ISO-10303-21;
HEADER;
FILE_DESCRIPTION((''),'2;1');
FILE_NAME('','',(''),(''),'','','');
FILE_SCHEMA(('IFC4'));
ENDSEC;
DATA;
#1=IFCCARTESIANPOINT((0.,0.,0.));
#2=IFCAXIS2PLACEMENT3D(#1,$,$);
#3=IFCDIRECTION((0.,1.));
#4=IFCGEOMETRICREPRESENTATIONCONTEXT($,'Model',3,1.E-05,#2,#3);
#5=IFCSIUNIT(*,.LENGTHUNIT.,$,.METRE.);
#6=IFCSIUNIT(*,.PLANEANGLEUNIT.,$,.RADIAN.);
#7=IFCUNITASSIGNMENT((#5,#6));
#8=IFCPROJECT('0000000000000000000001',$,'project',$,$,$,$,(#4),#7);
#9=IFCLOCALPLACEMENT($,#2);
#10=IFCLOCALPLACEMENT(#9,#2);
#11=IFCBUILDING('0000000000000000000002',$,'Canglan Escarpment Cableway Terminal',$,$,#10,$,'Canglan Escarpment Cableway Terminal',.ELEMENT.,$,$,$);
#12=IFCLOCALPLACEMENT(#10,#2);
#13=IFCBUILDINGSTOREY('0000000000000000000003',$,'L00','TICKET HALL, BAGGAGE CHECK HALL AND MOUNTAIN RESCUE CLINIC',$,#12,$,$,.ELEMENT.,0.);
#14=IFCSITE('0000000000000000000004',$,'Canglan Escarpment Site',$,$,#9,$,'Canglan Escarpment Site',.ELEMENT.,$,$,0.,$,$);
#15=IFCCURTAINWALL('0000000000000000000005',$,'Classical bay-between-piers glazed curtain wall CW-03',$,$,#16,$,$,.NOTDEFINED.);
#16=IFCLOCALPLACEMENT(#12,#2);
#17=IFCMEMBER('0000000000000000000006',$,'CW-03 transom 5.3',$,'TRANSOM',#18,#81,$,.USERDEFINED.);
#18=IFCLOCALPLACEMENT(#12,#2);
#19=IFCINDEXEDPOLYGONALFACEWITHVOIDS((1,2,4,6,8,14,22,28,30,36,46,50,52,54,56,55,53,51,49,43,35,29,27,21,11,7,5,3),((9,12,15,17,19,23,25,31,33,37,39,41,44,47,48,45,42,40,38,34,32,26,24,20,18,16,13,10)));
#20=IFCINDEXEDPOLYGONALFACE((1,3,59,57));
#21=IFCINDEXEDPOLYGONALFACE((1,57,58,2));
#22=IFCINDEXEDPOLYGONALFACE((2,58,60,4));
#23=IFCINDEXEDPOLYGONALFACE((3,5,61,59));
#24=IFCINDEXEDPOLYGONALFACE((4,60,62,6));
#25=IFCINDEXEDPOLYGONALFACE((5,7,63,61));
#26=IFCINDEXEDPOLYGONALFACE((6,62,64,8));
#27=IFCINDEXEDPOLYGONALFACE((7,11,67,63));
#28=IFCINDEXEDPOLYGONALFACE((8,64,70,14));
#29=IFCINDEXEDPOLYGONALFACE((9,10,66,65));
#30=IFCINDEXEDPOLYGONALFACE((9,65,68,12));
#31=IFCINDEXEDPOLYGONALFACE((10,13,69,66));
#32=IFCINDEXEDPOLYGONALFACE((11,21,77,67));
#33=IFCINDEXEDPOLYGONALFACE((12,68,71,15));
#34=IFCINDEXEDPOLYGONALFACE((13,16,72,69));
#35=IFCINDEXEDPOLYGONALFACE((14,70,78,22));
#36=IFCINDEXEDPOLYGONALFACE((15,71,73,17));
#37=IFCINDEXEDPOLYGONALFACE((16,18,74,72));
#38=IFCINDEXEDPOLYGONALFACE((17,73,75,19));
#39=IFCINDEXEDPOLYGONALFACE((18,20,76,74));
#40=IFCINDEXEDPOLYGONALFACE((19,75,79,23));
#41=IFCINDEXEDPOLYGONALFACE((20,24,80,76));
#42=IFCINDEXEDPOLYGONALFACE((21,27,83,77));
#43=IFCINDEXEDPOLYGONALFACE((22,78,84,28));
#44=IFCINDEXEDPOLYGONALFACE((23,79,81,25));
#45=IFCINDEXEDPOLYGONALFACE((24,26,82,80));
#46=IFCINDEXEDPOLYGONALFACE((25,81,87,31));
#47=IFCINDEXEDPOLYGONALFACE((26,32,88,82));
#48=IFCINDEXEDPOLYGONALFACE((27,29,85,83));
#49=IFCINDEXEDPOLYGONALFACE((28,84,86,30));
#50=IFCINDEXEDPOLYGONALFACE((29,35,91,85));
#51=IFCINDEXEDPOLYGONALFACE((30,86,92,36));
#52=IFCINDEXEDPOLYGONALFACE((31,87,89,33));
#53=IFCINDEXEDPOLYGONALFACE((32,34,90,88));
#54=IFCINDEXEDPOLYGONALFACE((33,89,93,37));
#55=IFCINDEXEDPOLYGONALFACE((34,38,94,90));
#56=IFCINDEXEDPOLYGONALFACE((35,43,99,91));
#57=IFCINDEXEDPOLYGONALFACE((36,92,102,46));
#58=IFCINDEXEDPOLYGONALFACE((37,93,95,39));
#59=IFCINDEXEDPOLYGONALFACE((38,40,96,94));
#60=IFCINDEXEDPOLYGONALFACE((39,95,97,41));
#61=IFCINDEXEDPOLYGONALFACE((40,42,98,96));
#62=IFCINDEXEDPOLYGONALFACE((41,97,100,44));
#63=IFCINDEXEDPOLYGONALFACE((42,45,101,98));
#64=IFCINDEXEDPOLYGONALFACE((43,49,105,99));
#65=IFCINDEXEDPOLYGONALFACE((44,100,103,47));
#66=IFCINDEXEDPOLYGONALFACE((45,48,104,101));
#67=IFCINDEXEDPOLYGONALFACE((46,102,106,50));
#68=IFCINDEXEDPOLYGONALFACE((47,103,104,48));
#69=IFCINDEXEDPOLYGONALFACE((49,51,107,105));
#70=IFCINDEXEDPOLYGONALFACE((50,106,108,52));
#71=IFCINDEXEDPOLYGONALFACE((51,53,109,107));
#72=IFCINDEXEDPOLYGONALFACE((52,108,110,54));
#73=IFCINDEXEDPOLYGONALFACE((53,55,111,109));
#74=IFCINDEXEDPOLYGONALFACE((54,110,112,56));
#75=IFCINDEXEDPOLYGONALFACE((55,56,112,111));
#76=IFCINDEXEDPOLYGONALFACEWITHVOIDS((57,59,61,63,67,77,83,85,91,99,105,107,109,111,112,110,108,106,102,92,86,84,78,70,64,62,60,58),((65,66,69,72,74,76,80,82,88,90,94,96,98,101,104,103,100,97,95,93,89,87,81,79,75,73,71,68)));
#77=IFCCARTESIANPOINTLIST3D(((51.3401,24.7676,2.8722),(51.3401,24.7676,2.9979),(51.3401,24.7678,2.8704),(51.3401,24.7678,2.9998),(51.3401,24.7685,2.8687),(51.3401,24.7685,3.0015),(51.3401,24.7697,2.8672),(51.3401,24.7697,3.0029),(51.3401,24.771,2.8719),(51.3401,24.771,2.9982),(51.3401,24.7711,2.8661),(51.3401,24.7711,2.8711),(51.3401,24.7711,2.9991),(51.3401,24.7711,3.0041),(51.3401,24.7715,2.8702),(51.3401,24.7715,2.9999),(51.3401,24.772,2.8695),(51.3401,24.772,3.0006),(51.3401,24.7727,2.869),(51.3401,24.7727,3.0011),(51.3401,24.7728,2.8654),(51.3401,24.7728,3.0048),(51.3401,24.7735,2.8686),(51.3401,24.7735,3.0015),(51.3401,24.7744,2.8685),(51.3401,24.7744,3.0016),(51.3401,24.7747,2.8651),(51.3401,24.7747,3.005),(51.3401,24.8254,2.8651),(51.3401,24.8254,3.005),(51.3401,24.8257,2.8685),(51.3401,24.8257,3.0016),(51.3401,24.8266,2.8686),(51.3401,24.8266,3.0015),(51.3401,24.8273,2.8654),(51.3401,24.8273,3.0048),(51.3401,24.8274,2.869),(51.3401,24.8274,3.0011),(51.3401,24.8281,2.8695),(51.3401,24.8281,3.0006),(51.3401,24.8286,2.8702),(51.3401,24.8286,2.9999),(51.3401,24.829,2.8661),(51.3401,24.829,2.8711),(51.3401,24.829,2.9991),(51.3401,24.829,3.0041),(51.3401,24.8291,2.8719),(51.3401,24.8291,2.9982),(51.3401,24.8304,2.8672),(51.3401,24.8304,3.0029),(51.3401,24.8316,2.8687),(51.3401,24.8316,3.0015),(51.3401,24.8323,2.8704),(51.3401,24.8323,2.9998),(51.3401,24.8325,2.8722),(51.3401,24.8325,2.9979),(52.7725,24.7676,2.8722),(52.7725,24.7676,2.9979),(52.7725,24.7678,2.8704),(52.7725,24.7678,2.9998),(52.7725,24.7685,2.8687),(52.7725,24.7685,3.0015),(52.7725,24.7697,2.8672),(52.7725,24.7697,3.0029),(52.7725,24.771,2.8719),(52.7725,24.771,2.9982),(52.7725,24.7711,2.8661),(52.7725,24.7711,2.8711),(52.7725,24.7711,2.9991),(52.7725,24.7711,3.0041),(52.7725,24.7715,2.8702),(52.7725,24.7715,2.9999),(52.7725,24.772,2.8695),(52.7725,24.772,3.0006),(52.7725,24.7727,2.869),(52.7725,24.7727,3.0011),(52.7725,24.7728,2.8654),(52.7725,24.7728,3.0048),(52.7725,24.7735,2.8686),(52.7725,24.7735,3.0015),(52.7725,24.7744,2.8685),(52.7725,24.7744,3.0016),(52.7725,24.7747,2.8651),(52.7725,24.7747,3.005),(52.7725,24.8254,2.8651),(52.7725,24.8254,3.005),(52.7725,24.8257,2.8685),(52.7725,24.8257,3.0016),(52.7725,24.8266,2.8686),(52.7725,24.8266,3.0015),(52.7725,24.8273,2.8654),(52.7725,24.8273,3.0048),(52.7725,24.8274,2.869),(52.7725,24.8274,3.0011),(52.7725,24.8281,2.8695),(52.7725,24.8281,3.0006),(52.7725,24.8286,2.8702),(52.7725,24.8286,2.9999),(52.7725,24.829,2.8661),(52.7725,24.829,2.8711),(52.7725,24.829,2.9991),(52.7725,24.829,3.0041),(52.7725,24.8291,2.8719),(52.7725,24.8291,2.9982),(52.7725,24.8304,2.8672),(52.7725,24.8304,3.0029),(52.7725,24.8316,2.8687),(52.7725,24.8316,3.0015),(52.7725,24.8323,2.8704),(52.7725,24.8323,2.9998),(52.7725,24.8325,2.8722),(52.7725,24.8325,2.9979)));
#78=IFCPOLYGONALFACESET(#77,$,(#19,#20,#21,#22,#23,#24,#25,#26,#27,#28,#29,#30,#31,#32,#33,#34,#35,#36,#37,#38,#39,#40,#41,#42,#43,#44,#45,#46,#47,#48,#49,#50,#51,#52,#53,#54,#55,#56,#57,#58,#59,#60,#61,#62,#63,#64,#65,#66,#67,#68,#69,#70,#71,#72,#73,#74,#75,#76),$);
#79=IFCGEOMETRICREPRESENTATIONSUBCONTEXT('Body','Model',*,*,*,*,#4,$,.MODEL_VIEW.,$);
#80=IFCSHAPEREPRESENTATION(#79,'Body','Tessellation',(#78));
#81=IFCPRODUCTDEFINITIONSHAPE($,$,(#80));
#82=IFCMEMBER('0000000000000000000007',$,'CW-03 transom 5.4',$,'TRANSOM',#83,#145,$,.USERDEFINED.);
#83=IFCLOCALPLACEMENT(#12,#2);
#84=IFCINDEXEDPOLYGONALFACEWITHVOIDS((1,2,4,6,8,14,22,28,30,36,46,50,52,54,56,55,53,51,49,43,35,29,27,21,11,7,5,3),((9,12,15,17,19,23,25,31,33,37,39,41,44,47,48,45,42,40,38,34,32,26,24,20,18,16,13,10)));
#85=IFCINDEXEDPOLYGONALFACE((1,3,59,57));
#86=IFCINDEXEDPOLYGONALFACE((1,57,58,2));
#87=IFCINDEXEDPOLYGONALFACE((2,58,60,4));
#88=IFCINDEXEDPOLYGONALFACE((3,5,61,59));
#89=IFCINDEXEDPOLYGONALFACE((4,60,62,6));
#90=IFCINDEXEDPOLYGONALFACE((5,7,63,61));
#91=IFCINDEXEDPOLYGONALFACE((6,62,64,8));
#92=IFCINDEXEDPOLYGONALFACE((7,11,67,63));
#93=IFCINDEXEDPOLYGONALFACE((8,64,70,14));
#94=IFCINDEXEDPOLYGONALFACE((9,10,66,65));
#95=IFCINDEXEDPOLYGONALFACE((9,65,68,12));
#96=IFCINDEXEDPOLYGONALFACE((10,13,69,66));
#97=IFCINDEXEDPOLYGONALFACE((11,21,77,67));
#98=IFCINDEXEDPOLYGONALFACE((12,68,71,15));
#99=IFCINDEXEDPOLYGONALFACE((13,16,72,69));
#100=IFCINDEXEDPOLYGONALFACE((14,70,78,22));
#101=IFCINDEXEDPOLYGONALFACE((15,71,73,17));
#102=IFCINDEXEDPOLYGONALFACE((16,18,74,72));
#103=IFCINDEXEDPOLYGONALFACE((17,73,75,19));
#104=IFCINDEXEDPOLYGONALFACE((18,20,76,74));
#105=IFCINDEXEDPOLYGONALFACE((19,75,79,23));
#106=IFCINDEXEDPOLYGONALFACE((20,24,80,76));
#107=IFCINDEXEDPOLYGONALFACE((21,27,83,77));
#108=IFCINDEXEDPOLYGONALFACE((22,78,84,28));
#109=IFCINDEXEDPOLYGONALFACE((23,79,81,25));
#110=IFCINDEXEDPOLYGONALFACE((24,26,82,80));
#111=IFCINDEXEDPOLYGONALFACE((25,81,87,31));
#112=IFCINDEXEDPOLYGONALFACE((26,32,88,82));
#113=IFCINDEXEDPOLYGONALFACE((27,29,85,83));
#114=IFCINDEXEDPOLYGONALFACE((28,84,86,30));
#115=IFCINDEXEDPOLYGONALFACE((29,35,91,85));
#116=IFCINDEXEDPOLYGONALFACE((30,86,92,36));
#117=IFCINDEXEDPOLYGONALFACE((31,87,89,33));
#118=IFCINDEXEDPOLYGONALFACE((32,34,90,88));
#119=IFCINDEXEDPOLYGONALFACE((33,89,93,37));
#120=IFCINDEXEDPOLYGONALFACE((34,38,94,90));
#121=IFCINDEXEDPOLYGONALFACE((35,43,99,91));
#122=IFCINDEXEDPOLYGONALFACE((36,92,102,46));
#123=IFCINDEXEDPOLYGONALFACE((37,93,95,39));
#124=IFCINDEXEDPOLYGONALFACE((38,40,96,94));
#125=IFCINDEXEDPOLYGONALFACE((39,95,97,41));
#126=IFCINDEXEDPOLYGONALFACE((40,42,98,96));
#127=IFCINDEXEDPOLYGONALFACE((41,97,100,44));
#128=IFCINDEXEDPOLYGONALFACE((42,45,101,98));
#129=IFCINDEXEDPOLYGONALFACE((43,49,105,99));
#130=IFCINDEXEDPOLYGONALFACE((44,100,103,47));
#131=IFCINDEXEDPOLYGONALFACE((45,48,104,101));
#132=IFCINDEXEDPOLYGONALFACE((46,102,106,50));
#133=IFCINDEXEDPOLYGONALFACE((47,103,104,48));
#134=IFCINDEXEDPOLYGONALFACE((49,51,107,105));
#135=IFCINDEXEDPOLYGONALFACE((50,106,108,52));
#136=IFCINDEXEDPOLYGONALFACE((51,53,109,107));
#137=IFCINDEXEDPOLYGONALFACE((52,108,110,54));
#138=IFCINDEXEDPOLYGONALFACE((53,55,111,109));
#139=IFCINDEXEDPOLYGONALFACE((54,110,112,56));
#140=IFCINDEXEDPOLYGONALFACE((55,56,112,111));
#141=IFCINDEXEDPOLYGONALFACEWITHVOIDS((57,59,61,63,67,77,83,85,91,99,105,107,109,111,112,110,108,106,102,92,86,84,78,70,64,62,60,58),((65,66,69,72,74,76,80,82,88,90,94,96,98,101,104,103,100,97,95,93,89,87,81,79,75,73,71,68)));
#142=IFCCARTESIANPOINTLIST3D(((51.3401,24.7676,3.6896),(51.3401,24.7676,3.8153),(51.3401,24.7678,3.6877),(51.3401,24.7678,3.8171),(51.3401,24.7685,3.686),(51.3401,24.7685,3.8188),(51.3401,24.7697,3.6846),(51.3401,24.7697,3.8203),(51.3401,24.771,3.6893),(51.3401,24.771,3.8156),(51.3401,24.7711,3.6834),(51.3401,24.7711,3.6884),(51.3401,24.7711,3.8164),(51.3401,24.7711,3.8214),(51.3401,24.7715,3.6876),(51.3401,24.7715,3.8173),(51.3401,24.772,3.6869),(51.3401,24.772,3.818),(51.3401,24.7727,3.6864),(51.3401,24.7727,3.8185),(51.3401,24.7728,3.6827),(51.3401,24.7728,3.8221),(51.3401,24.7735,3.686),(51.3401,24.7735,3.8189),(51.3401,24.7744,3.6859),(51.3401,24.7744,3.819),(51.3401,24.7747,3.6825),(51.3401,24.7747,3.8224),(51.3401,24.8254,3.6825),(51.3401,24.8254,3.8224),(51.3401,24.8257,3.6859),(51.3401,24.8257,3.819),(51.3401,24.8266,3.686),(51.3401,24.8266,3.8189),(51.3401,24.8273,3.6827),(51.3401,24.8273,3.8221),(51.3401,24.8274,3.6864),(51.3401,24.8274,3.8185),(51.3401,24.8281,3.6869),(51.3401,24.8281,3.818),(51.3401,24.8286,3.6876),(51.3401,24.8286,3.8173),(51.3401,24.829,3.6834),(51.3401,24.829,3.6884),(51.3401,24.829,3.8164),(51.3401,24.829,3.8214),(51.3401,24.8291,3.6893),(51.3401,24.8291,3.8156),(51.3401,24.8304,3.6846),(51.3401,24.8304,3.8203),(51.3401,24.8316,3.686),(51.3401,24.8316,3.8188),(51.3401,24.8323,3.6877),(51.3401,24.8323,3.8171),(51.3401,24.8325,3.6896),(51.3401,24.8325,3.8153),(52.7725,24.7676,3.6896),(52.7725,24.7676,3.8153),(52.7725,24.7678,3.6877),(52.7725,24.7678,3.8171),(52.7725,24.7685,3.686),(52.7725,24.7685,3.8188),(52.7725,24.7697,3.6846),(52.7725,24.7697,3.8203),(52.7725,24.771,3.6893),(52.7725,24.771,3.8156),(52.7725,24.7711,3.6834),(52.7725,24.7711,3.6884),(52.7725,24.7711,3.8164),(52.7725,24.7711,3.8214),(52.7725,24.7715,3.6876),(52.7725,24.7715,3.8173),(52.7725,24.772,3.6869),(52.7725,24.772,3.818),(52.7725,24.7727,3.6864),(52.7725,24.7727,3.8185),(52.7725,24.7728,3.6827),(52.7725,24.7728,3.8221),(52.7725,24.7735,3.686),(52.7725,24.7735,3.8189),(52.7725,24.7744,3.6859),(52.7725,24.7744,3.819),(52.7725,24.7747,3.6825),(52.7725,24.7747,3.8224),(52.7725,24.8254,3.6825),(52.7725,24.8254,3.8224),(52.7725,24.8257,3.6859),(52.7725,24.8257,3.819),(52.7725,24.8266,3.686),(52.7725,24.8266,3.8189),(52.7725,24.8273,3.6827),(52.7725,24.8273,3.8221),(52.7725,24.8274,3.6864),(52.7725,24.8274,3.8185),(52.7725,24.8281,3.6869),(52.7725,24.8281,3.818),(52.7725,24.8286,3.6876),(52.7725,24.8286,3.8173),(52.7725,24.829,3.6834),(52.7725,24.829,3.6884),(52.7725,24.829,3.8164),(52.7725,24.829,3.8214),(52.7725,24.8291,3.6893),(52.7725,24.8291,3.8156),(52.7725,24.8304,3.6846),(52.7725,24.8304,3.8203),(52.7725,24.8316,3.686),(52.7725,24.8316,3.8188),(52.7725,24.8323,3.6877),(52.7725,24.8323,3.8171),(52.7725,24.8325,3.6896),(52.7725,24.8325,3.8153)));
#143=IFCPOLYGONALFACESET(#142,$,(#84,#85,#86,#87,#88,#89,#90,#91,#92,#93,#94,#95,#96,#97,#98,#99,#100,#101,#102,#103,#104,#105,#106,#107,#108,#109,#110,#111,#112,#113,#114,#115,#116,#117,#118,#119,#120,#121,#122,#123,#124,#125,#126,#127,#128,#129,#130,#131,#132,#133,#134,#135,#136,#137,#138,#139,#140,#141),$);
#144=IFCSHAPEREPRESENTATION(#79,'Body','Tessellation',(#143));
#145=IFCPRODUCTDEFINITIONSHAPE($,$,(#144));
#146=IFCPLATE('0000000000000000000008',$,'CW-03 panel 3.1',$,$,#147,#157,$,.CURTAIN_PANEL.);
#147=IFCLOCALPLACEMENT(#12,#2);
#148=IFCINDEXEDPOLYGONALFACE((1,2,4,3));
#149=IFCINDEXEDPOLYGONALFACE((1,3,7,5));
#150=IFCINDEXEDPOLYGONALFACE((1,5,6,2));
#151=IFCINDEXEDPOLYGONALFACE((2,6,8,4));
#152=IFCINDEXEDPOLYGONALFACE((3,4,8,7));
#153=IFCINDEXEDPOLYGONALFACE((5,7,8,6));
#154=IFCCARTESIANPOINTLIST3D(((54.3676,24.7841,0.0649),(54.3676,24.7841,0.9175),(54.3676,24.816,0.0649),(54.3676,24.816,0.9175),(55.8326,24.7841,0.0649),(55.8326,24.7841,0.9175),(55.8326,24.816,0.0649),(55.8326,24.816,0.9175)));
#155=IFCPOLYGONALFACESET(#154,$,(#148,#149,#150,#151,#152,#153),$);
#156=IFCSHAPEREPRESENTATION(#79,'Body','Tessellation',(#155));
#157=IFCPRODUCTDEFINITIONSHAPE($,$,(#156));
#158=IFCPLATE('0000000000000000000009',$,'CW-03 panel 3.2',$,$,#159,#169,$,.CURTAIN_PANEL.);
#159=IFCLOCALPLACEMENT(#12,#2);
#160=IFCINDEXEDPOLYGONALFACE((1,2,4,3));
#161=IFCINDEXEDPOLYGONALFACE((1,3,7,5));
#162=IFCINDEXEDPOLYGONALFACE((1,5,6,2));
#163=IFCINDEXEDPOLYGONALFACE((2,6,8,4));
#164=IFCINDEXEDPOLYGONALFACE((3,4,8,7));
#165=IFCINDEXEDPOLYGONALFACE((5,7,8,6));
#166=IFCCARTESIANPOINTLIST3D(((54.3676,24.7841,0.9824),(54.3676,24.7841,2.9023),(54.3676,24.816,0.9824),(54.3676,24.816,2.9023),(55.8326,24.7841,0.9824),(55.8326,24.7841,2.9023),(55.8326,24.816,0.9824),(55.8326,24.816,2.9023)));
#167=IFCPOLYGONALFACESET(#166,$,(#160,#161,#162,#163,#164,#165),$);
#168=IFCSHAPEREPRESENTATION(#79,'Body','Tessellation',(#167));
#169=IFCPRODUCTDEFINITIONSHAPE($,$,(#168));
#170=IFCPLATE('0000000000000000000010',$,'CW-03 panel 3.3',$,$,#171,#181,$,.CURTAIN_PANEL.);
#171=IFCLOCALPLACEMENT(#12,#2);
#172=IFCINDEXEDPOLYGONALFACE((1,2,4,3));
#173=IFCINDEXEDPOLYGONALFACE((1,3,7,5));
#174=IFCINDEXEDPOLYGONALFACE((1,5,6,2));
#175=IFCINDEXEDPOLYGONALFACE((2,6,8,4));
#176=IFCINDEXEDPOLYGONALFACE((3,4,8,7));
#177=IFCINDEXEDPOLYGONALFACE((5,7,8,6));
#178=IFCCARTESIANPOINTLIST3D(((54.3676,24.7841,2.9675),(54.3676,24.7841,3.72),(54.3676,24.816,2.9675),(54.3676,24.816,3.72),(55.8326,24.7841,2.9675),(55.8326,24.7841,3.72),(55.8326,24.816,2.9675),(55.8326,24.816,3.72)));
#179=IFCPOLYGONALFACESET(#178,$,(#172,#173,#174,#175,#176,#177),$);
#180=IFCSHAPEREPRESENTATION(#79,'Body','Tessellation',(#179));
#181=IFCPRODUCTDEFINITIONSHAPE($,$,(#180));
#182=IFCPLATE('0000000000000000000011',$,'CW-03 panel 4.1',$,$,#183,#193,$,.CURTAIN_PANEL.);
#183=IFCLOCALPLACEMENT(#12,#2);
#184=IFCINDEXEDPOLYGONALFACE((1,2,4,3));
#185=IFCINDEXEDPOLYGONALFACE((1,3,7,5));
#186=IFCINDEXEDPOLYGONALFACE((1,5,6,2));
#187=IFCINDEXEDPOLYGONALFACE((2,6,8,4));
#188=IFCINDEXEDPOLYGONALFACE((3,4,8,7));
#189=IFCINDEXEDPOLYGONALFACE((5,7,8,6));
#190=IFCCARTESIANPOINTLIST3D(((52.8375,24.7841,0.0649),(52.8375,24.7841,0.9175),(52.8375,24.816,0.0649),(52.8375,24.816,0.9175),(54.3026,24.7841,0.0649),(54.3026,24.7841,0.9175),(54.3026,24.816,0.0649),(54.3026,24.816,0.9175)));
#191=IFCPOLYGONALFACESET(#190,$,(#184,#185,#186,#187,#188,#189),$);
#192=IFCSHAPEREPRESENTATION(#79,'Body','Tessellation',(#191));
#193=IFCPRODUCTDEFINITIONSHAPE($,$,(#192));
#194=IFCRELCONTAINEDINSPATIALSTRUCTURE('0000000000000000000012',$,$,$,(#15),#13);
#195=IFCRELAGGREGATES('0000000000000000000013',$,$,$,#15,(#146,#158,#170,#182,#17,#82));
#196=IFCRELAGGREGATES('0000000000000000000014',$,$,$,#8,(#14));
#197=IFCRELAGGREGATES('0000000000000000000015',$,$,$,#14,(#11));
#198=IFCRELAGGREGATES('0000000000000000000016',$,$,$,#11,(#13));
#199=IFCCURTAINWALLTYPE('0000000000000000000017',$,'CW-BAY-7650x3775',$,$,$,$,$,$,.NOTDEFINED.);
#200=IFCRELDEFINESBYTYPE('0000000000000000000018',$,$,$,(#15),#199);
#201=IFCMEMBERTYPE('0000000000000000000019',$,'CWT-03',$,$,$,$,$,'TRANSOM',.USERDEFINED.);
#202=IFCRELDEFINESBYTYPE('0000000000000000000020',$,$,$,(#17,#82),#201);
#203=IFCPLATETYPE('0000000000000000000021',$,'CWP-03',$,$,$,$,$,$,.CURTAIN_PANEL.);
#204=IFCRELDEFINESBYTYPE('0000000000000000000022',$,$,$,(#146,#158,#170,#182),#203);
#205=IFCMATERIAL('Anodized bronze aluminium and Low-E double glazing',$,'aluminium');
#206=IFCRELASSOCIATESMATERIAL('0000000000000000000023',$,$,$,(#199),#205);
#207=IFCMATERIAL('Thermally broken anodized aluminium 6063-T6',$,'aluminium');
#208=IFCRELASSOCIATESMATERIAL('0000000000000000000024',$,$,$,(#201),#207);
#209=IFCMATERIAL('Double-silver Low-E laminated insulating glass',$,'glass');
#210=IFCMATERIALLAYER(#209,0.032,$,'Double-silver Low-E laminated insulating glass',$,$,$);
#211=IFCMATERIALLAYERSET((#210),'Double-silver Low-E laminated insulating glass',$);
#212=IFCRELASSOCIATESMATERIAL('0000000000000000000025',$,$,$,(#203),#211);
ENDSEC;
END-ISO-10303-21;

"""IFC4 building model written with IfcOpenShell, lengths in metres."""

from ifc_helpers import new_model, si_unit, direction, frame, origin, origin_2d, place, context, subcontext, project, spatial, rectangle, hollow_rectangle, extrude, material, layer, layer_set, material_profile, profile_set, type_object, element, aggregate, save


model = new_model("IFC4")

# Units and contexts
model_context = context("Model", 3, precision=1e-05, world=origin(), true_north=direction((0.0, 1.0)))
body_context = subcontext(model_context, "Body", "Model", "MODEL_VIEW")
ifc_project = project(units=[si_unit("LENGTHUNIT", "METRE"), si_unit("PLANEANGLEUNIT", "RADIAN")], contexts=[model_context])

# Site, building, storey
site_placement = place(None, origin())
site = spatial("IfcSite", under=ifc_project, at=site_placement, Name="Canglan Escarpment Site", LongName="Canglan Escarpment Site", CompositionType="ELEMENT", RefElevation=0.0)
building_placement = place(site_placement, origin())
building = spatial("IfcBuilding", under=site, at=building_placement, Name="Canglan Escarpment Cableway Terminal", LongName="Canglan Escarpment Cableway Terminal", CompositionType="ELEMENT")
storey_placement = place(building_placement, origin())
storey = spatial("IfcBuildingStorey", under=building, at=storey_placement, Name="L00", Description="TICKET HALL, BAGGAGE CHECK HALL AND MOUNTAIN RESCUE CLINIC", CompositionType="ELEMENT", Elevation=0.0)

# Curtain wall, members, plates
ifc_material_1 = material(Name="Anodized bronze aluminium and Low-E double glazing", Category="aluminium")
curtain_wall_type = type_object("IfcCurtainWallType", Name="CW-BAY-7650x3775", PredefinedType="NOTDEFINED", material=ifc_material_1)
curtain_wall_placement = place(storey_placement, origin())
curtain_wall = element("IfcCurtainWall", 1, at=curtain_wall_placement, inside=storey, type_object=curtain_wall_type, Name="Classical bay-between-piers glazed curtain wall CW-03", PredefinedType="NOTDEFINED")
ifc_material_2 = material(Name="Thermally broken anodized aluminium 6063-T6", Category="aluminium")
ifc_material_profile_1 = material_profile(ifc_material_2, hollow_rectangle(XDim=0.0649, YDim=0.1399, WallThickness=0.0034, InnerFilletRadius=0.0034, OuterFilletRadius=0.0071, at=origin_2d()), Name="ALU-TRAN 65x140x3.5")
ifc_profile_set_1 = profile_set([ifc_material_profile_1], Name="Thermally broken anodized aluminium 6063-T6")
member_type_1 = type_object("IfcMemberType", Name="CWT-03", ElementType="TRANSOM", PredefinedType="USERDEFINED", material=ifc_profile_set_1)
member_1_placement = place(storey_placement, frame((52.7725, 24.8, 2.9351), z_axis=(-1.0, 0.0, 0.0), x_axis=(0.0, -1.0, 0.0)))
member_1 = element("IfcMember", 2, at=member_1_placement, type_object=member_type_1, Name="CW-03 transom 5.3", ObjectType="TRANSOM", PredefinedType="USERDEFINED", context=body_context, shape_type="SweptSolid", body=[
    extrude(hollow_rectangle(XDim=0.0649, YDim=0.1399, WallThickness=0.0034, InnerFilletRadius=0.0034, OuterFilletRadius=0.0071, at=origin_2d()), origin(), (0.0, 0.0, 1.0), 1.4324),
])
member_2_placement = place(storey_placement, frame((52.7725, 24.8, 3.7524), z_axis=(-1.0, 0.0, 0.0), x_axis=(0.0, -1.0, 0.0)))
member_2 = element("IfcMember", 3, at=member_2_placement, type_object=member_type_1, Name="CW-03 transom 5.4", ObjectType="TRANSOM", PredefinedType="USERDEFINED", context=body_context, shape_type="SweptSolid", body=[
    extrude(hollow_rectangle(XDim=0.0649, YDim=0.1399, WallThickness=0.0034, InnerFilletRadius=0.0034, OuterFilletRadius=0.0071, at=origin_2d()), origin(), (0.0, 0.0, 1.0), 1.4324),
])
ifc_material_3 = material(Name="Double-silver Low-E laminated insulating glass", Category="glass")
ifc_layer = layer(ifc_material_3, 0.032, Name="Double-silver Low-E laminated insulating glass")
ifc_layer_set = layer_set([ifc_layer], Name="Double-silver Low-E laminated insulating glass")
plate_type = type_object("IfcPlateType", Name="CWP-03", PredefinedType="CURTAIN_PANEL", material=ifc_layer_set)
plate_1_placement = place(storey_placement, frame((55.1001, 24.8, 0.0649), z_axis=(0.0, 0.0, 1.0), x_axis=(-1.0, 0.0, 0.0)))
plate_1 = element("IfcPlate", 4, at=plate_1_placement, type_object=plate_type, Name="CW-03 panel 3.1", PredefinedType="CURTAIN_PANEL", context=body_context, shape_type="SweptSolid", body=[
    extrude(rectangle(XDim=1.4651, YDim=0.032, at=origin_2d()), origin(), (0.0, 0.0, 1.0), 0.8525),
])
plate_2_placement = place(storey_placement, frame((55.1001, 24.8, 0.9824), z_axis=(0.0, 0.0, 1.0), x_axis=(-1.0, 0.0, 0.0)))
plate_2 = element("IfcPlate", 5, at=plate_2_placement, type_object=plate_type, Name="CW-03 panel 3.2", PredefinedType="CURTAIN_PANEL", context=body_context, shape_type="SweptSolid", body=[
    extrude(rectangle(XDim=1.4651, YDim=0.032, at=origin_2d()), origin(), (0.0, 0.0, 1.0), 1.9199),
])
plate_3_placement = place(storey_placement, frame((55.1001, 24.8, 2.9675), z_axis=(0.0, 0.0, 1.0), x_axis=(-1.0, 0.0, 0.0)))
plate_3 = element("IfcPlate", 6, at=plate_3_placement, type_object=plate_type, Name="CW-03 panel 3.3", PredefinedType="CURTAIN_PANEL", context=body_context, shape_type="SweptSolid", body=[
    extrude(rectangle(XDim=1.4651, YDim=0.032, at=origin_2d()), origin(), (0.0, 0.0, 1.0), 0.7524),
])
plate_4_placement = place(storey_placement, frame((53.5701, 24.8, 0.0649), z_axis=(0.0, 0.0, 1.0), x_axis=(-1.0, 0.0, 0.0)))
plate_4 = element("IfcPlate", 7, at=plate_4_placement, type_object=plate_type, Name="CW-03 panel 4.1", PredefinedType="CURTAIN_PANEL", context=body_context, shape_type="SweptSolid", body=[
    extrude(rectangle(XDim=1.4651, YDim=0.032, at=origin_2d()), origin(), (0.0, 0.0, 1.0), 0.8525),
])
aggregate(curtain_wall, [plate_1, plate_2, plate_3, plate_4, member_1, member_2])

save(model, "model.ifc")
